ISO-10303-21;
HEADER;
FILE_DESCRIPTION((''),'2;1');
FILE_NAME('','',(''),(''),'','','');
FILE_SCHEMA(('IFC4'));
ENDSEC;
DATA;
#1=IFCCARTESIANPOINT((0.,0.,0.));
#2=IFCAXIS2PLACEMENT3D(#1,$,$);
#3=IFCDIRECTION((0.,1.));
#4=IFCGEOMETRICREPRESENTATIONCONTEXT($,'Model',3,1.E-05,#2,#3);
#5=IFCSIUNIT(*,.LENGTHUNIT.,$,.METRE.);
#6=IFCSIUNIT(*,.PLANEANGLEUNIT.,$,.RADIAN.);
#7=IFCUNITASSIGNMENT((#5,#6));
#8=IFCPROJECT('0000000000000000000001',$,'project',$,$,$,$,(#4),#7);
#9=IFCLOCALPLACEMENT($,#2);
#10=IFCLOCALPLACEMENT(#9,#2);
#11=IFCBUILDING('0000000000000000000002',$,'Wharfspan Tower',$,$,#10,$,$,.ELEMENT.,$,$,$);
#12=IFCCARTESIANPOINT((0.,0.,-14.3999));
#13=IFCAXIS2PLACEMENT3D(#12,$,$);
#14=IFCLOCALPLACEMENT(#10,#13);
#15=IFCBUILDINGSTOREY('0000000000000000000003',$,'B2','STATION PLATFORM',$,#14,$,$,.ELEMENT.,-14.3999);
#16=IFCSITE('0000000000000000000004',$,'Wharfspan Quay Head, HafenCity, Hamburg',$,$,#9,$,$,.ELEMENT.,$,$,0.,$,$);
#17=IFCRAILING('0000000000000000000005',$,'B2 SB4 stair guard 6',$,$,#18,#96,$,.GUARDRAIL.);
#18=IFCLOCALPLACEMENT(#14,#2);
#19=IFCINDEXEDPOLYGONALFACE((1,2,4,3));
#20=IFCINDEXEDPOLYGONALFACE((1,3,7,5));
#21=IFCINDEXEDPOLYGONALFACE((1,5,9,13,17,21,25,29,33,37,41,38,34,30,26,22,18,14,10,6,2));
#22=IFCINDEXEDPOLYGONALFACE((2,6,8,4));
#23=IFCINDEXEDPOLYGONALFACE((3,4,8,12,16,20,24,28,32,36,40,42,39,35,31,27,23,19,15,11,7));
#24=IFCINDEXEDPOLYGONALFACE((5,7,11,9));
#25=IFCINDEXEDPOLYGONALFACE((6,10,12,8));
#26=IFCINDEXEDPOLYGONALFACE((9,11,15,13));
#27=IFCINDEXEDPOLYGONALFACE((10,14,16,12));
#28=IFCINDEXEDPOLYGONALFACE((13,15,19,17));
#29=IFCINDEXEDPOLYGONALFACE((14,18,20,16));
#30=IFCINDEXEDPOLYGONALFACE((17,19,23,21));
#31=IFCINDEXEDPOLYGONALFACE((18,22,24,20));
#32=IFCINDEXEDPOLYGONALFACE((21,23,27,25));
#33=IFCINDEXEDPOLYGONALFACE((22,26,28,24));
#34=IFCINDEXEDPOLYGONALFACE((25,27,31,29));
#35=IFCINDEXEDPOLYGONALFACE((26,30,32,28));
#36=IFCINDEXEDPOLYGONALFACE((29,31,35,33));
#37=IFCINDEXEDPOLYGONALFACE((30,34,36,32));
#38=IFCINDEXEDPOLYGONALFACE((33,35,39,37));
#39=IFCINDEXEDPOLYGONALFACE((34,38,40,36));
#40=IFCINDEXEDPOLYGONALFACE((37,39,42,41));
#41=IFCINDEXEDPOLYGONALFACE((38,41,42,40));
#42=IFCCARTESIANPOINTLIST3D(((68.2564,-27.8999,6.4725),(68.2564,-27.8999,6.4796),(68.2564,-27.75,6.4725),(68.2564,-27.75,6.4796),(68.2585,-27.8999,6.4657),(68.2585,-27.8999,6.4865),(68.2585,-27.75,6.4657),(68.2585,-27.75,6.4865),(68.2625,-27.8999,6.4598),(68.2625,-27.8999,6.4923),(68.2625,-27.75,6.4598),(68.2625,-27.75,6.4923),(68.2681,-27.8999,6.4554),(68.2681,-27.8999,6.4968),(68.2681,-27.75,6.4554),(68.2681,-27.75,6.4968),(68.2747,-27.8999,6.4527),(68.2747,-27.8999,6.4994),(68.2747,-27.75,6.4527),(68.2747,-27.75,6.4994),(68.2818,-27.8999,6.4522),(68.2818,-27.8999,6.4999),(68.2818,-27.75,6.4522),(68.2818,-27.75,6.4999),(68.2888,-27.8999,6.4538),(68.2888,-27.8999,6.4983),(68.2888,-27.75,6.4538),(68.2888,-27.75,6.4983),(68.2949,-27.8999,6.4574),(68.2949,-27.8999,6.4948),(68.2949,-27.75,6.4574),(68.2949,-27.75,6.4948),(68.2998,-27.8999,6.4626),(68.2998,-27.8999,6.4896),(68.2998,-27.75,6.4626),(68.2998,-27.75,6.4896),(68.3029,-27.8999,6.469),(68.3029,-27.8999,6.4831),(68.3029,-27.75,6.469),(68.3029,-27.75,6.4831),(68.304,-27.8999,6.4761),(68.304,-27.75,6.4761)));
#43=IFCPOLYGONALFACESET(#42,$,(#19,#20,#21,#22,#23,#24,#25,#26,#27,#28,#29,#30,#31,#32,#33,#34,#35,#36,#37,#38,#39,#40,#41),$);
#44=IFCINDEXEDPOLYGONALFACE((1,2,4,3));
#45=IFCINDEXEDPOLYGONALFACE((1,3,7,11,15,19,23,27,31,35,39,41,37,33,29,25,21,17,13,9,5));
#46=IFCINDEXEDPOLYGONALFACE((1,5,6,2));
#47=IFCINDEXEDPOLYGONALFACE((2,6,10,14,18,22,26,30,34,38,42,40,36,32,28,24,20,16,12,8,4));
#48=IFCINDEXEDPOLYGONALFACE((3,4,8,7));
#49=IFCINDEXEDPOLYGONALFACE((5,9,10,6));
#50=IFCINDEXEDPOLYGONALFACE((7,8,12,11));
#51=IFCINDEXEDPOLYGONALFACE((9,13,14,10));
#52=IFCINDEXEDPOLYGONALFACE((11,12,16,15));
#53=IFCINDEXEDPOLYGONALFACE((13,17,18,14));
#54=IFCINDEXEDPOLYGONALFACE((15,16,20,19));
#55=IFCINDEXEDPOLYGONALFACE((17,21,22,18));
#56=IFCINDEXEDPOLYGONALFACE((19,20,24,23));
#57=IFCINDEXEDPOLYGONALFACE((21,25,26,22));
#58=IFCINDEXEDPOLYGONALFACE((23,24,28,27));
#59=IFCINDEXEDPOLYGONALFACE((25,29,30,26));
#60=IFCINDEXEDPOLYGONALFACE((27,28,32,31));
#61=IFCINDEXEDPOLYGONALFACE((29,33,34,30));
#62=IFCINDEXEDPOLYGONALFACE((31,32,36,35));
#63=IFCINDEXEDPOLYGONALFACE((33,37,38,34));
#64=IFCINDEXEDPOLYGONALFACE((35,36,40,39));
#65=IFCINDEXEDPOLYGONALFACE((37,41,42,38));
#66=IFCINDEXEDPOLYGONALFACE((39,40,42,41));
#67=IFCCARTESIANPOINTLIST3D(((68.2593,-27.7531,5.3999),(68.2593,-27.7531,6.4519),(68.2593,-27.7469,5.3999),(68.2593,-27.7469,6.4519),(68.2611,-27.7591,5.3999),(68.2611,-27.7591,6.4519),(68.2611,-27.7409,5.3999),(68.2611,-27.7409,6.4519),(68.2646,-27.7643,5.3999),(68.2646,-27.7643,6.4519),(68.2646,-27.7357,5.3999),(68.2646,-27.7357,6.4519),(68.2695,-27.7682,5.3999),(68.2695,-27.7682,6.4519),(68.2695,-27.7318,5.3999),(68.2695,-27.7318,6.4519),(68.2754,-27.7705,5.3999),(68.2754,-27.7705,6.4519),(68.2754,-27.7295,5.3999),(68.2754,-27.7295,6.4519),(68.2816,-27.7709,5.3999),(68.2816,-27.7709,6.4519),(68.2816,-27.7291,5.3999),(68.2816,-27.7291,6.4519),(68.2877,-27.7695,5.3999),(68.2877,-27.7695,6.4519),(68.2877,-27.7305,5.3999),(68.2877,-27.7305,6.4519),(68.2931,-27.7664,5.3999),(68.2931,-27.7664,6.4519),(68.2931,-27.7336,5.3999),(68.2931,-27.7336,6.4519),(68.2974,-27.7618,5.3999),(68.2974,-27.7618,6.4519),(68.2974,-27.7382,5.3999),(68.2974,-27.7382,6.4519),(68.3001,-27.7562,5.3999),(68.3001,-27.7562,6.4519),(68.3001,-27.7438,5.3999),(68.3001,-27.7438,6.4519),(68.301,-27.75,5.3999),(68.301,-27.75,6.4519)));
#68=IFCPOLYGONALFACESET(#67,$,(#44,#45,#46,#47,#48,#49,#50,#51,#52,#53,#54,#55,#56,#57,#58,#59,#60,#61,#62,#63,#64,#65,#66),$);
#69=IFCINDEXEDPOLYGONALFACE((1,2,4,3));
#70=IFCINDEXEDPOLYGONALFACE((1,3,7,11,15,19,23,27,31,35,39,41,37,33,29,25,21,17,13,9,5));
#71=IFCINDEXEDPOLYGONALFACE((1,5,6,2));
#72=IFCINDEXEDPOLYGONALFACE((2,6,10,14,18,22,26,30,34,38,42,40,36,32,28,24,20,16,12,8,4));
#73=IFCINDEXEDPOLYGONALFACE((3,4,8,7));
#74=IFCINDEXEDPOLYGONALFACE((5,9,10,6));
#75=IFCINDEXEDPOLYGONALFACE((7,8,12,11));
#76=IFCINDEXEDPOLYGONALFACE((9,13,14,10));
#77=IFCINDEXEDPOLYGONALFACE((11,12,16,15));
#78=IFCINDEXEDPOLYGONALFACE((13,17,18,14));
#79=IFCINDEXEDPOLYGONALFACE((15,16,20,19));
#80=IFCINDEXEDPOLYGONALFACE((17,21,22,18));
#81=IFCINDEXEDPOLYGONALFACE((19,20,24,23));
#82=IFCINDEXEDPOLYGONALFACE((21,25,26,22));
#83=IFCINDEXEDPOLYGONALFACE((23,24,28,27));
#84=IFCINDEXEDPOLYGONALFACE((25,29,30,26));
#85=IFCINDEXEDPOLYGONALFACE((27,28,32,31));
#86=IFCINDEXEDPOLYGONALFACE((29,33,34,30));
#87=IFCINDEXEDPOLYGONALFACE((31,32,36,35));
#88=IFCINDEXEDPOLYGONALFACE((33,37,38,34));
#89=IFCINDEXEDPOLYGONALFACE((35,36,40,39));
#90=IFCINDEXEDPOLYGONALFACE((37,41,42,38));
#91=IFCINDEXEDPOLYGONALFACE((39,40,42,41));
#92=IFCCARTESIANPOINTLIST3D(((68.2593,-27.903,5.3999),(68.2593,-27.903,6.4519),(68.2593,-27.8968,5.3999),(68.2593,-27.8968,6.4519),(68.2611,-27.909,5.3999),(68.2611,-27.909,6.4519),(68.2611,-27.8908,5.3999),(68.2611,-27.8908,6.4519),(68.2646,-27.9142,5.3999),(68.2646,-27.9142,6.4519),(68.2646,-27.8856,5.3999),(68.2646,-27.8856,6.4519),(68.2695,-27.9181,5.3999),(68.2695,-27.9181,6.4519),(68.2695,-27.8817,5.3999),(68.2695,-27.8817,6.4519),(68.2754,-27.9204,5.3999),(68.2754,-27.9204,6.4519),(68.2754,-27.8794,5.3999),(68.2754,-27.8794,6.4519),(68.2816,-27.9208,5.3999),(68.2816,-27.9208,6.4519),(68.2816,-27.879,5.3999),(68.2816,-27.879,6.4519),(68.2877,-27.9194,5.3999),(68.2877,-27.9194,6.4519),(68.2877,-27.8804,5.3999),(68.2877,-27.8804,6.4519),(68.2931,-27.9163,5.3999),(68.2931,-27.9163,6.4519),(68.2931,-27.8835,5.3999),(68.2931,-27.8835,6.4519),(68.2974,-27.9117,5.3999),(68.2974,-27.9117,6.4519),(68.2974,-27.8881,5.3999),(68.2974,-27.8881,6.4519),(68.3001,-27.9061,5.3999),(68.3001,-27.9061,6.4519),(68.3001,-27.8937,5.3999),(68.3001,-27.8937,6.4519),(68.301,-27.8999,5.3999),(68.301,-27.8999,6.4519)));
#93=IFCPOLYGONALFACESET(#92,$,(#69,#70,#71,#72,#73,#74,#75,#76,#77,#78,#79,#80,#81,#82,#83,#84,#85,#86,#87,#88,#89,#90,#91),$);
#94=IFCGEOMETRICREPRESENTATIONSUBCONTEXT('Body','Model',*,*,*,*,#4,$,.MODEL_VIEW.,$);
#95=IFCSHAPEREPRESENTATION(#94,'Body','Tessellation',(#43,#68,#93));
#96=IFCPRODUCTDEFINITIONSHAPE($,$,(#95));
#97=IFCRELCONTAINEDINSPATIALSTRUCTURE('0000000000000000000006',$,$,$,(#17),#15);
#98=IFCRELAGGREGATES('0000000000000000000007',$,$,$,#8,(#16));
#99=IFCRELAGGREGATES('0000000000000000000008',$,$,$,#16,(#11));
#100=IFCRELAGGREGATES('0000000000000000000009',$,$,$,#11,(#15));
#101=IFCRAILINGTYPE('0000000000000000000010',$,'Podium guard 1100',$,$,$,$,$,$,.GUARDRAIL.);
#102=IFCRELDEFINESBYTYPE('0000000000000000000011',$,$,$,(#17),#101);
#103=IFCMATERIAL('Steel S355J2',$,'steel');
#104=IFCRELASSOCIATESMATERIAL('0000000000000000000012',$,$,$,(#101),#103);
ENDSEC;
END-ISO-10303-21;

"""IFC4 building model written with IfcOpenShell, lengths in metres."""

from ifc_helpers import new_model, si_unit, direction, frame, origin, origin_2d, place, context, subcontext, project, spatial, circle, extrude, material, type_object, element, save


model = new_model("IFC4")

# Units and contexts
model_context = context("Model", 3, precision=1e-05, world=origin(), true_north=direction((0.0, 1.0)))
body_context = subcontext(model_context, "Body", "Model", "MODEL_VIEW")
ifc_project = project(units=[si_unit("LENGTHUNIT", "METRE"), si_unit("PLANEANGLEUNIT", "RADIAN")], contexts=[model_context])

# Site, building, storey
site_placement = place(None, origin())
site = spatial("IfcSite", under=ifc_project, at=site_placement, Name="Wharfspan Quay Head, HafenCity, Hamburg", CompositionType="ELEMENT", RefElevation=0.0)
building_placement = place(site_placement, origin())
building = spatial("IfcBuilding", under=site, at=building_placement, Name="Wharfspan Tower", CompositionType="ELEMENT")
storey_placement = place(building_placement, frame((0.0, 0.0, -14.3999)))
storey = spatial("IfcBuildingStorey", under=building, at=storey_placement, Name="B2", Description="STATION PLATFORM", CompositionType="ELEMENT", Elevation=-14.3999)

# Railing
ifc_material_1 = material(Name="Steel S355J2", Category="steel")
railing_type_1 = type_object("IfcRailingType", Name="Podium guard 1100", PredefinedType="GUARDRAIL", material=ifc_material_1)
railing_1_placement = place(storey_placement, frame((68.28, -27.75, 5.3999)))
element("IfcRailing", 1, at=railing_1_placement, inside=storey, type_object=railing_type_1, Name="B2 SB4 stair guard 6", PredefinedType="GUARDRAIL", context=body_context, shape_type="SweptSolid", body=[
    extrude(circle(Radius=0.0239, at=origin_2d()), frame((0.0, 0.0, 1.0762), z_axis=(0.0, -1.0, 0.0), x_axis=(1.0, 0.0, 0.0)), (0.0, 0.0, 1.0), 0.1499),
    extrude(circle(Radius=0.021, at=origin_2d()), origin(), (0.0, 0.0, 1.0), 1.052),
    extrude(circle(Radius=0.021, at=origin_2d()), frame((0.0, -0.1499, 0.0)), (0.0, 0.0, 1.0), 1.052),
])

save(model, "model.ifc")
